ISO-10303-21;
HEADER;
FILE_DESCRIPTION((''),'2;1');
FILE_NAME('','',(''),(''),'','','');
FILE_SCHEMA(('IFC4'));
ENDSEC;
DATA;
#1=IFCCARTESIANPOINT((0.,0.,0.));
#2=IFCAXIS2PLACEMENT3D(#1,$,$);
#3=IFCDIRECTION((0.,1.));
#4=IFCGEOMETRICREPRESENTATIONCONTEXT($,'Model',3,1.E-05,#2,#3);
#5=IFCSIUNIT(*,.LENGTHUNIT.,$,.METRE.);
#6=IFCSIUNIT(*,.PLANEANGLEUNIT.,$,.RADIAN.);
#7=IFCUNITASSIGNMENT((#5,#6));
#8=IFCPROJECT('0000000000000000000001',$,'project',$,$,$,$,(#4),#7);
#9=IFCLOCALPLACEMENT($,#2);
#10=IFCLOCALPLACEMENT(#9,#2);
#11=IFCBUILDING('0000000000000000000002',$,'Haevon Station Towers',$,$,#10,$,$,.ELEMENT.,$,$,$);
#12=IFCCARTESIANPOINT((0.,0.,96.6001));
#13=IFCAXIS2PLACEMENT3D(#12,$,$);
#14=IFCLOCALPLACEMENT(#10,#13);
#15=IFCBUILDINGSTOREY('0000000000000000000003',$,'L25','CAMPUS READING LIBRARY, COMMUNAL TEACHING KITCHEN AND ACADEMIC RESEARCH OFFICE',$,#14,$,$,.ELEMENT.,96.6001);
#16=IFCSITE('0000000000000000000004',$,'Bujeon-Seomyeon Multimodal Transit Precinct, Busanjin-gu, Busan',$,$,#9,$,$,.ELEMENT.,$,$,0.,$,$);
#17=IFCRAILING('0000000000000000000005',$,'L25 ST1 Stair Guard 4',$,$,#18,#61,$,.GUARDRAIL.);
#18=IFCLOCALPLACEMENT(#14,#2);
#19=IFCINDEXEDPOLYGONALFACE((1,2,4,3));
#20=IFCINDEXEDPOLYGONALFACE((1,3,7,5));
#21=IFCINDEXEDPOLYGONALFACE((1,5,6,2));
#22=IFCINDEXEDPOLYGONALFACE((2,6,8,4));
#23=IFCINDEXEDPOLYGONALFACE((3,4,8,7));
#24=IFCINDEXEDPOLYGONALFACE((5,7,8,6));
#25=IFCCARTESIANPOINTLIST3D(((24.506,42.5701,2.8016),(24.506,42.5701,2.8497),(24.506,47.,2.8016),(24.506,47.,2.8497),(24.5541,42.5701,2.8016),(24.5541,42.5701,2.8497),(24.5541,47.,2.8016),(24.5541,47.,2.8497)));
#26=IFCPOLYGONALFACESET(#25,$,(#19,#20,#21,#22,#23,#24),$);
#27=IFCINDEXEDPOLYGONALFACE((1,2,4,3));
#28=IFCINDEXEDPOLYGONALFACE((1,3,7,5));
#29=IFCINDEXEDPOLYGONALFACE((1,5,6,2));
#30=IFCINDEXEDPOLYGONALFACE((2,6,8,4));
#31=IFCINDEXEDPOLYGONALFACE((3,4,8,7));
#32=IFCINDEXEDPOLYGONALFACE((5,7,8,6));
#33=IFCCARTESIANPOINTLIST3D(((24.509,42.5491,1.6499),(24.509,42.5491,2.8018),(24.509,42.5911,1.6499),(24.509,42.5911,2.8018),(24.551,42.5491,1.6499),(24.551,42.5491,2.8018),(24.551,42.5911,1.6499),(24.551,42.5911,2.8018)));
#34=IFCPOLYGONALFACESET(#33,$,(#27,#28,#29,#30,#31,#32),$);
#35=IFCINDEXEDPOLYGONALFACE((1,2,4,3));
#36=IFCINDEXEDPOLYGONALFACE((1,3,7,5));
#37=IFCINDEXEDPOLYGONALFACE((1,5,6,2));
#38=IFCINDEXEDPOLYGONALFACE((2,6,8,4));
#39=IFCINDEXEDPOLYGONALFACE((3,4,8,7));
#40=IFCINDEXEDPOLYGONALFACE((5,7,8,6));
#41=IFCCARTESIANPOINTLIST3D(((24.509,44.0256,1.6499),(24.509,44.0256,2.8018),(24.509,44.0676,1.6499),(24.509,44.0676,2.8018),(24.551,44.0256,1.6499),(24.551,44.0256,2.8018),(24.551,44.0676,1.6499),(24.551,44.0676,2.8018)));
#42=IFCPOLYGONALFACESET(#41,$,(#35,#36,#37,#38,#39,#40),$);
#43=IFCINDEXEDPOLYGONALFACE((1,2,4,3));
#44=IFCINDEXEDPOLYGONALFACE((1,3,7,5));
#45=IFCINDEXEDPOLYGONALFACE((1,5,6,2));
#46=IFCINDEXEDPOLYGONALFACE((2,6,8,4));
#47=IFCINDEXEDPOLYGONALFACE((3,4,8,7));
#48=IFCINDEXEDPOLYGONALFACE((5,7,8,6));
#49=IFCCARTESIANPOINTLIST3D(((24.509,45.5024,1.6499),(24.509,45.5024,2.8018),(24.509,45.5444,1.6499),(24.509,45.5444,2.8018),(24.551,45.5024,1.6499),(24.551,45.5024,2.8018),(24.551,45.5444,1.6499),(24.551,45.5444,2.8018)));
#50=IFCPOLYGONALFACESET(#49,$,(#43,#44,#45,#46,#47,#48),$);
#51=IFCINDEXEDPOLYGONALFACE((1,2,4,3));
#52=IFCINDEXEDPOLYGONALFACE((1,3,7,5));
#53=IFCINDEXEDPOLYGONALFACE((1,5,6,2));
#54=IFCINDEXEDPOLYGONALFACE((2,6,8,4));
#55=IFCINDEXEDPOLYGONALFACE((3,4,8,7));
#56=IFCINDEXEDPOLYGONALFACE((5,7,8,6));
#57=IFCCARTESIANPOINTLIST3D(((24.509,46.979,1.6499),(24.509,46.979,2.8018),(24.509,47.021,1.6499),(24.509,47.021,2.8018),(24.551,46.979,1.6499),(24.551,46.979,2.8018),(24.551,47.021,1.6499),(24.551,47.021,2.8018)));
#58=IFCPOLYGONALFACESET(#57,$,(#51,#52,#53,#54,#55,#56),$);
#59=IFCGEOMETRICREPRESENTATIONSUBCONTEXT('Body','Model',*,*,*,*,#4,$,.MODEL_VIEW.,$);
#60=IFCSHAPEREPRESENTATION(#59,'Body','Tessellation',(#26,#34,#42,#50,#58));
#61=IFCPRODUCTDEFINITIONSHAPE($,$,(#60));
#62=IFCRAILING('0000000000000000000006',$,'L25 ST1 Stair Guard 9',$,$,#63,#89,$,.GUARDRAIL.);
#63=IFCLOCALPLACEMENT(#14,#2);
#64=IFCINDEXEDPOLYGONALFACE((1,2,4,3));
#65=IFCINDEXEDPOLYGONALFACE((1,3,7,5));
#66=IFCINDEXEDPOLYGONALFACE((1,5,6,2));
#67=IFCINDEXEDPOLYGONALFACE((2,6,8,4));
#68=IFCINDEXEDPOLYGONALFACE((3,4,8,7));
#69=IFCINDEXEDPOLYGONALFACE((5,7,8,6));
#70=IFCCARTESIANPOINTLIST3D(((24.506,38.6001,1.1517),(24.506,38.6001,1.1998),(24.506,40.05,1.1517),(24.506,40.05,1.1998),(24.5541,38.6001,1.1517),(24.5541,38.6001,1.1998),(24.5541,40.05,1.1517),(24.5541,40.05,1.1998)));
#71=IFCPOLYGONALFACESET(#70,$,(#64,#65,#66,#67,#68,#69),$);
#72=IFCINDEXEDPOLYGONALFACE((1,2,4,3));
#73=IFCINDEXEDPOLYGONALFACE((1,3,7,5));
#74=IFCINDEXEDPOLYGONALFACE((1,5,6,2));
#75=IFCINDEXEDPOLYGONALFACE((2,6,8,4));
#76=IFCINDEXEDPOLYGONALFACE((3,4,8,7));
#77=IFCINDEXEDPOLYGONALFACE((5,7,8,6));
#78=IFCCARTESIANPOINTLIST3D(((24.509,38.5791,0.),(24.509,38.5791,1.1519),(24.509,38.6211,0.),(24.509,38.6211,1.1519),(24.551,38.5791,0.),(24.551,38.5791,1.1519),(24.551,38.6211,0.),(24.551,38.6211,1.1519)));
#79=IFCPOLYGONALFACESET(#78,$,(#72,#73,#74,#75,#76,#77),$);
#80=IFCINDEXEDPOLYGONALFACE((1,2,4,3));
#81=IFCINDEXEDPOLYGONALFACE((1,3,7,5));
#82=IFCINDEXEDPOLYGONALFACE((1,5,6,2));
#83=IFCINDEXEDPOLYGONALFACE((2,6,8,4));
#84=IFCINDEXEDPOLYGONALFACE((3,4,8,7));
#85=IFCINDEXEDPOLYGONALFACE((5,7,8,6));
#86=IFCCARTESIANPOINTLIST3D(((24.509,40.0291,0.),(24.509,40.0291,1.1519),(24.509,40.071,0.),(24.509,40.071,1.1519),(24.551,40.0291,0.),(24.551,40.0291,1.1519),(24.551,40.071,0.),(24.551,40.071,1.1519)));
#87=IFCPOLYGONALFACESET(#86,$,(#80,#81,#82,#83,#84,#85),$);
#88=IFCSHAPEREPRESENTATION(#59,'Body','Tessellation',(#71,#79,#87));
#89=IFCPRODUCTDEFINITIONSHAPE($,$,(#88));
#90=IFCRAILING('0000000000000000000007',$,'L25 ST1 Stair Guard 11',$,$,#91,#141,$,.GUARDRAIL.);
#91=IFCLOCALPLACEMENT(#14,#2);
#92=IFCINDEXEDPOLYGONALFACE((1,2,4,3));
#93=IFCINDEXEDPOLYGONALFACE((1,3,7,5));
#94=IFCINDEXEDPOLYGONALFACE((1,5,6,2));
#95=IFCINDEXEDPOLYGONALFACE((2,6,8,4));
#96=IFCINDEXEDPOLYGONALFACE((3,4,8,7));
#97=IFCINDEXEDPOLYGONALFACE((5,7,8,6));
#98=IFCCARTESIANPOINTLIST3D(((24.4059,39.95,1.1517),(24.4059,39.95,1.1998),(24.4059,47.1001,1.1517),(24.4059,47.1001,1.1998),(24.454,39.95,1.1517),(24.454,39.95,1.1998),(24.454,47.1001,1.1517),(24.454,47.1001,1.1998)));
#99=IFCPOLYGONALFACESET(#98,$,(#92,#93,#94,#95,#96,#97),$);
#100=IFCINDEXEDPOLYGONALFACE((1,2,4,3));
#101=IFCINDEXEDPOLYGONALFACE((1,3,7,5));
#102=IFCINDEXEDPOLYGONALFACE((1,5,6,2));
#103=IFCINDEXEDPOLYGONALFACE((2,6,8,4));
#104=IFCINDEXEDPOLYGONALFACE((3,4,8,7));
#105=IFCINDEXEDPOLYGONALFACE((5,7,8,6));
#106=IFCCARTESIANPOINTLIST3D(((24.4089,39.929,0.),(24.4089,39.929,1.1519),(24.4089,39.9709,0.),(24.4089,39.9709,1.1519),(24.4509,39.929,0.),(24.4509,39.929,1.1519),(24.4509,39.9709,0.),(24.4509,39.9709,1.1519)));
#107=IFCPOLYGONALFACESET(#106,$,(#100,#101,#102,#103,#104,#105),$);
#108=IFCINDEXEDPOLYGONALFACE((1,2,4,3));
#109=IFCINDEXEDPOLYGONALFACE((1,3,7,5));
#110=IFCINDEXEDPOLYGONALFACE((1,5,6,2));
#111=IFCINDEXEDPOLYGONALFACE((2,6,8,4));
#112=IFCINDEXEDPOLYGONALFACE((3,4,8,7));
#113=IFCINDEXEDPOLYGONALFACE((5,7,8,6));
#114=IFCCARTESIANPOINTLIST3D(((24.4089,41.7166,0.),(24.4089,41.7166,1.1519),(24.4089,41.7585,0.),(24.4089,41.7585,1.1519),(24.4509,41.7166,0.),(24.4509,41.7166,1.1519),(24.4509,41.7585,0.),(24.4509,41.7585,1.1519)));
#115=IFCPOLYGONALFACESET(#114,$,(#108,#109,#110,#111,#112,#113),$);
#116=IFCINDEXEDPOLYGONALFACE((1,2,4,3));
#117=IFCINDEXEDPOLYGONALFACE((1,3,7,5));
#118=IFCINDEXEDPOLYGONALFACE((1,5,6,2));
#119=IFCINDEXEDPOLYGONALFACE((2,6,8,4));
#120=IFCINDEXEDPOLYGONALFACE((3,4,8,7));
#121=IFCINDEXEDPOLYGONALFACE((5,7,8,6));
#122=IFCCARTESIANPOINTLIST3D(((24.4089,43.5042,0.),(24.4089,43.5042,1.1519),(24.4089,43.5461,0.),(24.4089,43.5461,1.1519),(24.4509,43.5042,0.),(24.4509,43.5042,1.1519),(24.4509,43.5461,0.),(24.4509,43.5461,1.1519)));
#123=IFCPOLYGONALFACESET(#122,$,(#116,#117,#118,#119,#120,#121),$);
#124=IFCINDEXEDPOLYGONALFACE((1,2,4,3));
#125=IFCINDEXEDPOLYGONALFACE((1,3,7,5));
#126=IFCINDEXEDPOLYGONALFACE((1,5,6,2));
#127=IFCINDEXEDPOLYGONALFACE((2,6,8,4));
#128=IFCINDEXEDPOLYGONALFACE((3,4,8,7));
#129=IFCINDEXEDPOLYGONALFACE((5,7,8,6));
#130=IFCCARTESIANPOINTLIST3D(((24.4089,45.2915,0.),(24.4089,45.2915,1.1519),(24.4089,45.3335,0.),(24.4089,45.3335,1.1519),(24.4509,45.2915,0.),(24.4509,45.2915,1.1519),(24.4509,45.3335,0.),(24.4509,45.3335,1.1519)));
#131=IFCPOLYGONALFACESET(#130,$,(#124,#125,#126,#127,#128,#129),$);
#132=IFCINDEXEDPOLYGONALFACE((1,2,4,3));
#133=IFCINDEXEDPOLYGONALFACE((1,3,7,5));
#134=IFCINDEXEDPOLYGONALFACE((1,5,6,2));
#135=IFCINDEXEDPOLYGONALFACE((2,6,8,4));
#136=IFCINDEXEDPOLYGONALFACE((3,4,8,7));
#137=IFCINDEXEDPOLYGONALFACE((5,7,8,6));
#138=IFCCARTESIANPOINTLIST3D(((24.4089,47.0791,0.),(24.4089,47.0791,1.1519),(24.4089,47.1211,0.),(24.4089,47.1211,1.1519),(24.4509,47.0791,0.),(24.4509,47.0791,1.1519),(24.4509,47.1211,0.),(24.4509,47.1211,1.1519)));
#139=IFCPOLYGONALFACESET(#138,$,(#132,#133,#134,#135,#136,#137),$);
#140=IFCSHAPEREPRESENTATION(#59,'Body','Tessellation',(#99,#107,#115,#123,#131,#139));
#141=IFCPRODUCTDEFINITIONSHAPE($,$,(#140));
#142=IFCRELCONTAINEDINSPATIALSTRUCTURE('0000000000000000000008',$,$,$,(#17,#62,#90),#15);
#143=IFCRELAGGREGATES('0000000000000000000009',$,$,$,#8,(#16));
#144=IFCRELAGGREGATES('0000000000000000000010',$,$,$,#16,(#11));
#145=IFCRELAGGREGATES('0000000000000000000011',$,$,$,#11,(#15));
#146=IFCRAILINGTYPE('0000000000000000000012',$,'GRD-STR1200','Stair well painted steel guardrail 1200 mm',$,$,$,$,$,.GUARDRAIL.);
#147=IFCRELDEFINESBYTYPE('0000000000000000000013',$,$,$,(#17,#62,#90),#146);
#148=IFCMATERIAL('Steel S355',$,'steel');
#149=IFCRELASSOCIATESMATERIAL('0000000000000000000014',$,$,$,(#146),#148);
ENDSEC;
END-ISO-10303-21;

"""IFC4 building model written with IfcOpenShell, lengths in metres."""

from ifc_helpers import new_model, si_unit, direction, frame, origin, origin_2d, place, context, subcontext, project, spatial, rectangle, extrude, material, type_object, element, save


model = new_model("IFC4")

# Units and contexts
model_context = context("Model", 3, precision=1e-05, world=origin(), true_north=direction((0.0, 1.0)))
body_context = subcontext(model_context, "Body", "Model", "MODEL_VIEW")
ifc_project = project(units=[si_unit("LENGTHUNIT", "METRE"), si_unit("PLANEANGLEUNIT", "RADIAN")], contexts=[model_context])

# Site, building, storey
site_placement = place(None, origin())
site = spatial("IfcSite", under=ifc_project, at=site_placement, Name="Bujeon-Seomyeon Multimodal Transit Precinct, Busanjin-gu, Busan", CompositionType="ELEMENT", RefElevation=0.0)
building_placement = place(site_placement, origin())
building = spatial("IfcBuilding", under=site, at=building_placement, Name="Haevon Station Towers", CompositionType="ELEMENT")
storey_placement = place(building_placement, frame((0.0, 0.0, 96.6001)))
storey = spatial("IfcBuildingStorey", under=building, at=storey_placement, Name="L25", Description="CAMPUS READING LIBRARY, COMMUNAL TEACHING KITCHEN AND ACADEMIC RESEARCH OFFICE", CompositionType="ELEMENT", Elevation=96.6001)

# Shared definitions
ifc_material_1 = material(Name="Steel S355", Category="steel")

# Railings
railing_type = type_object("IfcRailingType", Name="GRD-STR1200", Description="Stair well painted steel guardrail 1200 mm", PredefinedType="GUARDRAIL", material=ifc_material_1)
railing_1_placement = place(storey_placement, frame((24.53, 42.5701, 1.6499)))
element("IfcRailing", 1, at=railing_1_placement, inside=storey, type_object=railing_type, Name="L25 ST1 Stair Guard 4", PredefinedType="GUARDRAIL", context=body_context, shape_type="SweptSolid", body=[
    extrude(rectangle(XDim=0.0481, YDim=0.0481, at=origin_2d()), frame((0.0, 0.0, 1.1758), z_axis=(0.0, 1.0, 0.0), x_axis=(-1.0, 0.0, 0.0)), (0.0, 0.0, 1.0), 4.4299),
    extrude(rectangle(XDim=0.042, YDim=0.042, at=origin_2d()), origin(), (0.0, 0.0, 1.0), 1.1519),
    extrude(rectangle(XDim=0.042, YDim=0.042, at=origin_2d()), frame((0.0, 1.4766, 0.0)), (0.0, 0.0, 1.0), 1.1519),
    extrude(rectangle(XDim=0.042, YDim=0.042, at=origin_2d()), frame((0.0, 2.9534, 0.0)), (0.0, 0.0, 1.0), 1.1519),
    extrude(rectangle(XDim=0.042, YDim=0.042, at=origin_2d()), frame((0.0, 4.4299, 0.0)), (0.0, 0.0, 1.0), 1.1519),
])
railing_2_placement = place(storey_placement, frame((24.53, 38.6001, 0.0)))
element("IfcRailing", 2, at=railing_2_placement, inside=storey, type_object=railing_type, Name="L25 ST1 Stair Guard 9", PredefinedType="GUARDRAIL", context=body_context, shape_type="SweptSolid", body=[
    extrude(rectangle(XDim=0.0481, YDim=0.0481, at=origin_2d()), frame((0.0, 0.0, 1.1758), z_axis=(0.0, 1.0, 0.0), x_axis=(-1.0, 0.0, 0.0)), (0.0, 0.0, 1.0), 1.45),
    extrude(rectangle(XDim=0.042, YDim=0.042, at=origin_2d()), origin(), (0.0, 0.0, 1.0), 1.1519),
    extrude(rectangle(XDim=0.042, YDim=0.042, at=origin_2d()), frame((0.0, 1.45, 0.0)), (0.0, 0.0, 1.0), 1.1519),
])
railing_3_placement = place(storey_placement, frame((24.4299, 39.95, 0.0)))
element("IfcRailing", 3, at=railing_3_placement, inside=storey, type_object=railing_type, Name="L25 ST1 Stair Guard 11", PredefinedType="GUARDRAIL", context=body_context, shape_type="SweptSolid", body=[
    extrude(rectangle(XDim=0.0481, YDim=0.0481, at=origin_2d()), frame((0.0, 0.0, 1.1758), z_axis=(0.0, 1.0, 0.0), x_axis=(-1.0, 0.0, 0.0)), (0.0, 0.0, 1.0), 7.1501),
    extrude(rectangle(XDim=0.042, YDim=0.042, at=origin_2d()), origin(), (0.0, 0.0, 1.0), 1.1519),
    extrude(rectangle(XDim=0.042, YDim=0.042, at=origin_2d()), frame((0.0, 1.7876, 0.0)), (0.0, 0.0, 1.0), 1.1519),
    extrude(rectangle(XDim=0.042, YDim=0.042, at=origin_2d()), frame((0.0, 3.5752, 0.0)), (0.0, 0.0, 1.0), 1.1519),
    extrude(rectangle(XDim=0.042, YDim=0.042, at=origin_2d()), frame((0.0, 5.3625, 0.0)), (0.0, 0.0, 1.0), 1.1519),
    extrude(rectangle(XDim=0.042, YDim=0.042, at=origin_2d()), frame((0.0, 7.1501, 0.0)), (0.0, 0.0, 1.0), 1.1519),
])

save(model, "model.ifc")
